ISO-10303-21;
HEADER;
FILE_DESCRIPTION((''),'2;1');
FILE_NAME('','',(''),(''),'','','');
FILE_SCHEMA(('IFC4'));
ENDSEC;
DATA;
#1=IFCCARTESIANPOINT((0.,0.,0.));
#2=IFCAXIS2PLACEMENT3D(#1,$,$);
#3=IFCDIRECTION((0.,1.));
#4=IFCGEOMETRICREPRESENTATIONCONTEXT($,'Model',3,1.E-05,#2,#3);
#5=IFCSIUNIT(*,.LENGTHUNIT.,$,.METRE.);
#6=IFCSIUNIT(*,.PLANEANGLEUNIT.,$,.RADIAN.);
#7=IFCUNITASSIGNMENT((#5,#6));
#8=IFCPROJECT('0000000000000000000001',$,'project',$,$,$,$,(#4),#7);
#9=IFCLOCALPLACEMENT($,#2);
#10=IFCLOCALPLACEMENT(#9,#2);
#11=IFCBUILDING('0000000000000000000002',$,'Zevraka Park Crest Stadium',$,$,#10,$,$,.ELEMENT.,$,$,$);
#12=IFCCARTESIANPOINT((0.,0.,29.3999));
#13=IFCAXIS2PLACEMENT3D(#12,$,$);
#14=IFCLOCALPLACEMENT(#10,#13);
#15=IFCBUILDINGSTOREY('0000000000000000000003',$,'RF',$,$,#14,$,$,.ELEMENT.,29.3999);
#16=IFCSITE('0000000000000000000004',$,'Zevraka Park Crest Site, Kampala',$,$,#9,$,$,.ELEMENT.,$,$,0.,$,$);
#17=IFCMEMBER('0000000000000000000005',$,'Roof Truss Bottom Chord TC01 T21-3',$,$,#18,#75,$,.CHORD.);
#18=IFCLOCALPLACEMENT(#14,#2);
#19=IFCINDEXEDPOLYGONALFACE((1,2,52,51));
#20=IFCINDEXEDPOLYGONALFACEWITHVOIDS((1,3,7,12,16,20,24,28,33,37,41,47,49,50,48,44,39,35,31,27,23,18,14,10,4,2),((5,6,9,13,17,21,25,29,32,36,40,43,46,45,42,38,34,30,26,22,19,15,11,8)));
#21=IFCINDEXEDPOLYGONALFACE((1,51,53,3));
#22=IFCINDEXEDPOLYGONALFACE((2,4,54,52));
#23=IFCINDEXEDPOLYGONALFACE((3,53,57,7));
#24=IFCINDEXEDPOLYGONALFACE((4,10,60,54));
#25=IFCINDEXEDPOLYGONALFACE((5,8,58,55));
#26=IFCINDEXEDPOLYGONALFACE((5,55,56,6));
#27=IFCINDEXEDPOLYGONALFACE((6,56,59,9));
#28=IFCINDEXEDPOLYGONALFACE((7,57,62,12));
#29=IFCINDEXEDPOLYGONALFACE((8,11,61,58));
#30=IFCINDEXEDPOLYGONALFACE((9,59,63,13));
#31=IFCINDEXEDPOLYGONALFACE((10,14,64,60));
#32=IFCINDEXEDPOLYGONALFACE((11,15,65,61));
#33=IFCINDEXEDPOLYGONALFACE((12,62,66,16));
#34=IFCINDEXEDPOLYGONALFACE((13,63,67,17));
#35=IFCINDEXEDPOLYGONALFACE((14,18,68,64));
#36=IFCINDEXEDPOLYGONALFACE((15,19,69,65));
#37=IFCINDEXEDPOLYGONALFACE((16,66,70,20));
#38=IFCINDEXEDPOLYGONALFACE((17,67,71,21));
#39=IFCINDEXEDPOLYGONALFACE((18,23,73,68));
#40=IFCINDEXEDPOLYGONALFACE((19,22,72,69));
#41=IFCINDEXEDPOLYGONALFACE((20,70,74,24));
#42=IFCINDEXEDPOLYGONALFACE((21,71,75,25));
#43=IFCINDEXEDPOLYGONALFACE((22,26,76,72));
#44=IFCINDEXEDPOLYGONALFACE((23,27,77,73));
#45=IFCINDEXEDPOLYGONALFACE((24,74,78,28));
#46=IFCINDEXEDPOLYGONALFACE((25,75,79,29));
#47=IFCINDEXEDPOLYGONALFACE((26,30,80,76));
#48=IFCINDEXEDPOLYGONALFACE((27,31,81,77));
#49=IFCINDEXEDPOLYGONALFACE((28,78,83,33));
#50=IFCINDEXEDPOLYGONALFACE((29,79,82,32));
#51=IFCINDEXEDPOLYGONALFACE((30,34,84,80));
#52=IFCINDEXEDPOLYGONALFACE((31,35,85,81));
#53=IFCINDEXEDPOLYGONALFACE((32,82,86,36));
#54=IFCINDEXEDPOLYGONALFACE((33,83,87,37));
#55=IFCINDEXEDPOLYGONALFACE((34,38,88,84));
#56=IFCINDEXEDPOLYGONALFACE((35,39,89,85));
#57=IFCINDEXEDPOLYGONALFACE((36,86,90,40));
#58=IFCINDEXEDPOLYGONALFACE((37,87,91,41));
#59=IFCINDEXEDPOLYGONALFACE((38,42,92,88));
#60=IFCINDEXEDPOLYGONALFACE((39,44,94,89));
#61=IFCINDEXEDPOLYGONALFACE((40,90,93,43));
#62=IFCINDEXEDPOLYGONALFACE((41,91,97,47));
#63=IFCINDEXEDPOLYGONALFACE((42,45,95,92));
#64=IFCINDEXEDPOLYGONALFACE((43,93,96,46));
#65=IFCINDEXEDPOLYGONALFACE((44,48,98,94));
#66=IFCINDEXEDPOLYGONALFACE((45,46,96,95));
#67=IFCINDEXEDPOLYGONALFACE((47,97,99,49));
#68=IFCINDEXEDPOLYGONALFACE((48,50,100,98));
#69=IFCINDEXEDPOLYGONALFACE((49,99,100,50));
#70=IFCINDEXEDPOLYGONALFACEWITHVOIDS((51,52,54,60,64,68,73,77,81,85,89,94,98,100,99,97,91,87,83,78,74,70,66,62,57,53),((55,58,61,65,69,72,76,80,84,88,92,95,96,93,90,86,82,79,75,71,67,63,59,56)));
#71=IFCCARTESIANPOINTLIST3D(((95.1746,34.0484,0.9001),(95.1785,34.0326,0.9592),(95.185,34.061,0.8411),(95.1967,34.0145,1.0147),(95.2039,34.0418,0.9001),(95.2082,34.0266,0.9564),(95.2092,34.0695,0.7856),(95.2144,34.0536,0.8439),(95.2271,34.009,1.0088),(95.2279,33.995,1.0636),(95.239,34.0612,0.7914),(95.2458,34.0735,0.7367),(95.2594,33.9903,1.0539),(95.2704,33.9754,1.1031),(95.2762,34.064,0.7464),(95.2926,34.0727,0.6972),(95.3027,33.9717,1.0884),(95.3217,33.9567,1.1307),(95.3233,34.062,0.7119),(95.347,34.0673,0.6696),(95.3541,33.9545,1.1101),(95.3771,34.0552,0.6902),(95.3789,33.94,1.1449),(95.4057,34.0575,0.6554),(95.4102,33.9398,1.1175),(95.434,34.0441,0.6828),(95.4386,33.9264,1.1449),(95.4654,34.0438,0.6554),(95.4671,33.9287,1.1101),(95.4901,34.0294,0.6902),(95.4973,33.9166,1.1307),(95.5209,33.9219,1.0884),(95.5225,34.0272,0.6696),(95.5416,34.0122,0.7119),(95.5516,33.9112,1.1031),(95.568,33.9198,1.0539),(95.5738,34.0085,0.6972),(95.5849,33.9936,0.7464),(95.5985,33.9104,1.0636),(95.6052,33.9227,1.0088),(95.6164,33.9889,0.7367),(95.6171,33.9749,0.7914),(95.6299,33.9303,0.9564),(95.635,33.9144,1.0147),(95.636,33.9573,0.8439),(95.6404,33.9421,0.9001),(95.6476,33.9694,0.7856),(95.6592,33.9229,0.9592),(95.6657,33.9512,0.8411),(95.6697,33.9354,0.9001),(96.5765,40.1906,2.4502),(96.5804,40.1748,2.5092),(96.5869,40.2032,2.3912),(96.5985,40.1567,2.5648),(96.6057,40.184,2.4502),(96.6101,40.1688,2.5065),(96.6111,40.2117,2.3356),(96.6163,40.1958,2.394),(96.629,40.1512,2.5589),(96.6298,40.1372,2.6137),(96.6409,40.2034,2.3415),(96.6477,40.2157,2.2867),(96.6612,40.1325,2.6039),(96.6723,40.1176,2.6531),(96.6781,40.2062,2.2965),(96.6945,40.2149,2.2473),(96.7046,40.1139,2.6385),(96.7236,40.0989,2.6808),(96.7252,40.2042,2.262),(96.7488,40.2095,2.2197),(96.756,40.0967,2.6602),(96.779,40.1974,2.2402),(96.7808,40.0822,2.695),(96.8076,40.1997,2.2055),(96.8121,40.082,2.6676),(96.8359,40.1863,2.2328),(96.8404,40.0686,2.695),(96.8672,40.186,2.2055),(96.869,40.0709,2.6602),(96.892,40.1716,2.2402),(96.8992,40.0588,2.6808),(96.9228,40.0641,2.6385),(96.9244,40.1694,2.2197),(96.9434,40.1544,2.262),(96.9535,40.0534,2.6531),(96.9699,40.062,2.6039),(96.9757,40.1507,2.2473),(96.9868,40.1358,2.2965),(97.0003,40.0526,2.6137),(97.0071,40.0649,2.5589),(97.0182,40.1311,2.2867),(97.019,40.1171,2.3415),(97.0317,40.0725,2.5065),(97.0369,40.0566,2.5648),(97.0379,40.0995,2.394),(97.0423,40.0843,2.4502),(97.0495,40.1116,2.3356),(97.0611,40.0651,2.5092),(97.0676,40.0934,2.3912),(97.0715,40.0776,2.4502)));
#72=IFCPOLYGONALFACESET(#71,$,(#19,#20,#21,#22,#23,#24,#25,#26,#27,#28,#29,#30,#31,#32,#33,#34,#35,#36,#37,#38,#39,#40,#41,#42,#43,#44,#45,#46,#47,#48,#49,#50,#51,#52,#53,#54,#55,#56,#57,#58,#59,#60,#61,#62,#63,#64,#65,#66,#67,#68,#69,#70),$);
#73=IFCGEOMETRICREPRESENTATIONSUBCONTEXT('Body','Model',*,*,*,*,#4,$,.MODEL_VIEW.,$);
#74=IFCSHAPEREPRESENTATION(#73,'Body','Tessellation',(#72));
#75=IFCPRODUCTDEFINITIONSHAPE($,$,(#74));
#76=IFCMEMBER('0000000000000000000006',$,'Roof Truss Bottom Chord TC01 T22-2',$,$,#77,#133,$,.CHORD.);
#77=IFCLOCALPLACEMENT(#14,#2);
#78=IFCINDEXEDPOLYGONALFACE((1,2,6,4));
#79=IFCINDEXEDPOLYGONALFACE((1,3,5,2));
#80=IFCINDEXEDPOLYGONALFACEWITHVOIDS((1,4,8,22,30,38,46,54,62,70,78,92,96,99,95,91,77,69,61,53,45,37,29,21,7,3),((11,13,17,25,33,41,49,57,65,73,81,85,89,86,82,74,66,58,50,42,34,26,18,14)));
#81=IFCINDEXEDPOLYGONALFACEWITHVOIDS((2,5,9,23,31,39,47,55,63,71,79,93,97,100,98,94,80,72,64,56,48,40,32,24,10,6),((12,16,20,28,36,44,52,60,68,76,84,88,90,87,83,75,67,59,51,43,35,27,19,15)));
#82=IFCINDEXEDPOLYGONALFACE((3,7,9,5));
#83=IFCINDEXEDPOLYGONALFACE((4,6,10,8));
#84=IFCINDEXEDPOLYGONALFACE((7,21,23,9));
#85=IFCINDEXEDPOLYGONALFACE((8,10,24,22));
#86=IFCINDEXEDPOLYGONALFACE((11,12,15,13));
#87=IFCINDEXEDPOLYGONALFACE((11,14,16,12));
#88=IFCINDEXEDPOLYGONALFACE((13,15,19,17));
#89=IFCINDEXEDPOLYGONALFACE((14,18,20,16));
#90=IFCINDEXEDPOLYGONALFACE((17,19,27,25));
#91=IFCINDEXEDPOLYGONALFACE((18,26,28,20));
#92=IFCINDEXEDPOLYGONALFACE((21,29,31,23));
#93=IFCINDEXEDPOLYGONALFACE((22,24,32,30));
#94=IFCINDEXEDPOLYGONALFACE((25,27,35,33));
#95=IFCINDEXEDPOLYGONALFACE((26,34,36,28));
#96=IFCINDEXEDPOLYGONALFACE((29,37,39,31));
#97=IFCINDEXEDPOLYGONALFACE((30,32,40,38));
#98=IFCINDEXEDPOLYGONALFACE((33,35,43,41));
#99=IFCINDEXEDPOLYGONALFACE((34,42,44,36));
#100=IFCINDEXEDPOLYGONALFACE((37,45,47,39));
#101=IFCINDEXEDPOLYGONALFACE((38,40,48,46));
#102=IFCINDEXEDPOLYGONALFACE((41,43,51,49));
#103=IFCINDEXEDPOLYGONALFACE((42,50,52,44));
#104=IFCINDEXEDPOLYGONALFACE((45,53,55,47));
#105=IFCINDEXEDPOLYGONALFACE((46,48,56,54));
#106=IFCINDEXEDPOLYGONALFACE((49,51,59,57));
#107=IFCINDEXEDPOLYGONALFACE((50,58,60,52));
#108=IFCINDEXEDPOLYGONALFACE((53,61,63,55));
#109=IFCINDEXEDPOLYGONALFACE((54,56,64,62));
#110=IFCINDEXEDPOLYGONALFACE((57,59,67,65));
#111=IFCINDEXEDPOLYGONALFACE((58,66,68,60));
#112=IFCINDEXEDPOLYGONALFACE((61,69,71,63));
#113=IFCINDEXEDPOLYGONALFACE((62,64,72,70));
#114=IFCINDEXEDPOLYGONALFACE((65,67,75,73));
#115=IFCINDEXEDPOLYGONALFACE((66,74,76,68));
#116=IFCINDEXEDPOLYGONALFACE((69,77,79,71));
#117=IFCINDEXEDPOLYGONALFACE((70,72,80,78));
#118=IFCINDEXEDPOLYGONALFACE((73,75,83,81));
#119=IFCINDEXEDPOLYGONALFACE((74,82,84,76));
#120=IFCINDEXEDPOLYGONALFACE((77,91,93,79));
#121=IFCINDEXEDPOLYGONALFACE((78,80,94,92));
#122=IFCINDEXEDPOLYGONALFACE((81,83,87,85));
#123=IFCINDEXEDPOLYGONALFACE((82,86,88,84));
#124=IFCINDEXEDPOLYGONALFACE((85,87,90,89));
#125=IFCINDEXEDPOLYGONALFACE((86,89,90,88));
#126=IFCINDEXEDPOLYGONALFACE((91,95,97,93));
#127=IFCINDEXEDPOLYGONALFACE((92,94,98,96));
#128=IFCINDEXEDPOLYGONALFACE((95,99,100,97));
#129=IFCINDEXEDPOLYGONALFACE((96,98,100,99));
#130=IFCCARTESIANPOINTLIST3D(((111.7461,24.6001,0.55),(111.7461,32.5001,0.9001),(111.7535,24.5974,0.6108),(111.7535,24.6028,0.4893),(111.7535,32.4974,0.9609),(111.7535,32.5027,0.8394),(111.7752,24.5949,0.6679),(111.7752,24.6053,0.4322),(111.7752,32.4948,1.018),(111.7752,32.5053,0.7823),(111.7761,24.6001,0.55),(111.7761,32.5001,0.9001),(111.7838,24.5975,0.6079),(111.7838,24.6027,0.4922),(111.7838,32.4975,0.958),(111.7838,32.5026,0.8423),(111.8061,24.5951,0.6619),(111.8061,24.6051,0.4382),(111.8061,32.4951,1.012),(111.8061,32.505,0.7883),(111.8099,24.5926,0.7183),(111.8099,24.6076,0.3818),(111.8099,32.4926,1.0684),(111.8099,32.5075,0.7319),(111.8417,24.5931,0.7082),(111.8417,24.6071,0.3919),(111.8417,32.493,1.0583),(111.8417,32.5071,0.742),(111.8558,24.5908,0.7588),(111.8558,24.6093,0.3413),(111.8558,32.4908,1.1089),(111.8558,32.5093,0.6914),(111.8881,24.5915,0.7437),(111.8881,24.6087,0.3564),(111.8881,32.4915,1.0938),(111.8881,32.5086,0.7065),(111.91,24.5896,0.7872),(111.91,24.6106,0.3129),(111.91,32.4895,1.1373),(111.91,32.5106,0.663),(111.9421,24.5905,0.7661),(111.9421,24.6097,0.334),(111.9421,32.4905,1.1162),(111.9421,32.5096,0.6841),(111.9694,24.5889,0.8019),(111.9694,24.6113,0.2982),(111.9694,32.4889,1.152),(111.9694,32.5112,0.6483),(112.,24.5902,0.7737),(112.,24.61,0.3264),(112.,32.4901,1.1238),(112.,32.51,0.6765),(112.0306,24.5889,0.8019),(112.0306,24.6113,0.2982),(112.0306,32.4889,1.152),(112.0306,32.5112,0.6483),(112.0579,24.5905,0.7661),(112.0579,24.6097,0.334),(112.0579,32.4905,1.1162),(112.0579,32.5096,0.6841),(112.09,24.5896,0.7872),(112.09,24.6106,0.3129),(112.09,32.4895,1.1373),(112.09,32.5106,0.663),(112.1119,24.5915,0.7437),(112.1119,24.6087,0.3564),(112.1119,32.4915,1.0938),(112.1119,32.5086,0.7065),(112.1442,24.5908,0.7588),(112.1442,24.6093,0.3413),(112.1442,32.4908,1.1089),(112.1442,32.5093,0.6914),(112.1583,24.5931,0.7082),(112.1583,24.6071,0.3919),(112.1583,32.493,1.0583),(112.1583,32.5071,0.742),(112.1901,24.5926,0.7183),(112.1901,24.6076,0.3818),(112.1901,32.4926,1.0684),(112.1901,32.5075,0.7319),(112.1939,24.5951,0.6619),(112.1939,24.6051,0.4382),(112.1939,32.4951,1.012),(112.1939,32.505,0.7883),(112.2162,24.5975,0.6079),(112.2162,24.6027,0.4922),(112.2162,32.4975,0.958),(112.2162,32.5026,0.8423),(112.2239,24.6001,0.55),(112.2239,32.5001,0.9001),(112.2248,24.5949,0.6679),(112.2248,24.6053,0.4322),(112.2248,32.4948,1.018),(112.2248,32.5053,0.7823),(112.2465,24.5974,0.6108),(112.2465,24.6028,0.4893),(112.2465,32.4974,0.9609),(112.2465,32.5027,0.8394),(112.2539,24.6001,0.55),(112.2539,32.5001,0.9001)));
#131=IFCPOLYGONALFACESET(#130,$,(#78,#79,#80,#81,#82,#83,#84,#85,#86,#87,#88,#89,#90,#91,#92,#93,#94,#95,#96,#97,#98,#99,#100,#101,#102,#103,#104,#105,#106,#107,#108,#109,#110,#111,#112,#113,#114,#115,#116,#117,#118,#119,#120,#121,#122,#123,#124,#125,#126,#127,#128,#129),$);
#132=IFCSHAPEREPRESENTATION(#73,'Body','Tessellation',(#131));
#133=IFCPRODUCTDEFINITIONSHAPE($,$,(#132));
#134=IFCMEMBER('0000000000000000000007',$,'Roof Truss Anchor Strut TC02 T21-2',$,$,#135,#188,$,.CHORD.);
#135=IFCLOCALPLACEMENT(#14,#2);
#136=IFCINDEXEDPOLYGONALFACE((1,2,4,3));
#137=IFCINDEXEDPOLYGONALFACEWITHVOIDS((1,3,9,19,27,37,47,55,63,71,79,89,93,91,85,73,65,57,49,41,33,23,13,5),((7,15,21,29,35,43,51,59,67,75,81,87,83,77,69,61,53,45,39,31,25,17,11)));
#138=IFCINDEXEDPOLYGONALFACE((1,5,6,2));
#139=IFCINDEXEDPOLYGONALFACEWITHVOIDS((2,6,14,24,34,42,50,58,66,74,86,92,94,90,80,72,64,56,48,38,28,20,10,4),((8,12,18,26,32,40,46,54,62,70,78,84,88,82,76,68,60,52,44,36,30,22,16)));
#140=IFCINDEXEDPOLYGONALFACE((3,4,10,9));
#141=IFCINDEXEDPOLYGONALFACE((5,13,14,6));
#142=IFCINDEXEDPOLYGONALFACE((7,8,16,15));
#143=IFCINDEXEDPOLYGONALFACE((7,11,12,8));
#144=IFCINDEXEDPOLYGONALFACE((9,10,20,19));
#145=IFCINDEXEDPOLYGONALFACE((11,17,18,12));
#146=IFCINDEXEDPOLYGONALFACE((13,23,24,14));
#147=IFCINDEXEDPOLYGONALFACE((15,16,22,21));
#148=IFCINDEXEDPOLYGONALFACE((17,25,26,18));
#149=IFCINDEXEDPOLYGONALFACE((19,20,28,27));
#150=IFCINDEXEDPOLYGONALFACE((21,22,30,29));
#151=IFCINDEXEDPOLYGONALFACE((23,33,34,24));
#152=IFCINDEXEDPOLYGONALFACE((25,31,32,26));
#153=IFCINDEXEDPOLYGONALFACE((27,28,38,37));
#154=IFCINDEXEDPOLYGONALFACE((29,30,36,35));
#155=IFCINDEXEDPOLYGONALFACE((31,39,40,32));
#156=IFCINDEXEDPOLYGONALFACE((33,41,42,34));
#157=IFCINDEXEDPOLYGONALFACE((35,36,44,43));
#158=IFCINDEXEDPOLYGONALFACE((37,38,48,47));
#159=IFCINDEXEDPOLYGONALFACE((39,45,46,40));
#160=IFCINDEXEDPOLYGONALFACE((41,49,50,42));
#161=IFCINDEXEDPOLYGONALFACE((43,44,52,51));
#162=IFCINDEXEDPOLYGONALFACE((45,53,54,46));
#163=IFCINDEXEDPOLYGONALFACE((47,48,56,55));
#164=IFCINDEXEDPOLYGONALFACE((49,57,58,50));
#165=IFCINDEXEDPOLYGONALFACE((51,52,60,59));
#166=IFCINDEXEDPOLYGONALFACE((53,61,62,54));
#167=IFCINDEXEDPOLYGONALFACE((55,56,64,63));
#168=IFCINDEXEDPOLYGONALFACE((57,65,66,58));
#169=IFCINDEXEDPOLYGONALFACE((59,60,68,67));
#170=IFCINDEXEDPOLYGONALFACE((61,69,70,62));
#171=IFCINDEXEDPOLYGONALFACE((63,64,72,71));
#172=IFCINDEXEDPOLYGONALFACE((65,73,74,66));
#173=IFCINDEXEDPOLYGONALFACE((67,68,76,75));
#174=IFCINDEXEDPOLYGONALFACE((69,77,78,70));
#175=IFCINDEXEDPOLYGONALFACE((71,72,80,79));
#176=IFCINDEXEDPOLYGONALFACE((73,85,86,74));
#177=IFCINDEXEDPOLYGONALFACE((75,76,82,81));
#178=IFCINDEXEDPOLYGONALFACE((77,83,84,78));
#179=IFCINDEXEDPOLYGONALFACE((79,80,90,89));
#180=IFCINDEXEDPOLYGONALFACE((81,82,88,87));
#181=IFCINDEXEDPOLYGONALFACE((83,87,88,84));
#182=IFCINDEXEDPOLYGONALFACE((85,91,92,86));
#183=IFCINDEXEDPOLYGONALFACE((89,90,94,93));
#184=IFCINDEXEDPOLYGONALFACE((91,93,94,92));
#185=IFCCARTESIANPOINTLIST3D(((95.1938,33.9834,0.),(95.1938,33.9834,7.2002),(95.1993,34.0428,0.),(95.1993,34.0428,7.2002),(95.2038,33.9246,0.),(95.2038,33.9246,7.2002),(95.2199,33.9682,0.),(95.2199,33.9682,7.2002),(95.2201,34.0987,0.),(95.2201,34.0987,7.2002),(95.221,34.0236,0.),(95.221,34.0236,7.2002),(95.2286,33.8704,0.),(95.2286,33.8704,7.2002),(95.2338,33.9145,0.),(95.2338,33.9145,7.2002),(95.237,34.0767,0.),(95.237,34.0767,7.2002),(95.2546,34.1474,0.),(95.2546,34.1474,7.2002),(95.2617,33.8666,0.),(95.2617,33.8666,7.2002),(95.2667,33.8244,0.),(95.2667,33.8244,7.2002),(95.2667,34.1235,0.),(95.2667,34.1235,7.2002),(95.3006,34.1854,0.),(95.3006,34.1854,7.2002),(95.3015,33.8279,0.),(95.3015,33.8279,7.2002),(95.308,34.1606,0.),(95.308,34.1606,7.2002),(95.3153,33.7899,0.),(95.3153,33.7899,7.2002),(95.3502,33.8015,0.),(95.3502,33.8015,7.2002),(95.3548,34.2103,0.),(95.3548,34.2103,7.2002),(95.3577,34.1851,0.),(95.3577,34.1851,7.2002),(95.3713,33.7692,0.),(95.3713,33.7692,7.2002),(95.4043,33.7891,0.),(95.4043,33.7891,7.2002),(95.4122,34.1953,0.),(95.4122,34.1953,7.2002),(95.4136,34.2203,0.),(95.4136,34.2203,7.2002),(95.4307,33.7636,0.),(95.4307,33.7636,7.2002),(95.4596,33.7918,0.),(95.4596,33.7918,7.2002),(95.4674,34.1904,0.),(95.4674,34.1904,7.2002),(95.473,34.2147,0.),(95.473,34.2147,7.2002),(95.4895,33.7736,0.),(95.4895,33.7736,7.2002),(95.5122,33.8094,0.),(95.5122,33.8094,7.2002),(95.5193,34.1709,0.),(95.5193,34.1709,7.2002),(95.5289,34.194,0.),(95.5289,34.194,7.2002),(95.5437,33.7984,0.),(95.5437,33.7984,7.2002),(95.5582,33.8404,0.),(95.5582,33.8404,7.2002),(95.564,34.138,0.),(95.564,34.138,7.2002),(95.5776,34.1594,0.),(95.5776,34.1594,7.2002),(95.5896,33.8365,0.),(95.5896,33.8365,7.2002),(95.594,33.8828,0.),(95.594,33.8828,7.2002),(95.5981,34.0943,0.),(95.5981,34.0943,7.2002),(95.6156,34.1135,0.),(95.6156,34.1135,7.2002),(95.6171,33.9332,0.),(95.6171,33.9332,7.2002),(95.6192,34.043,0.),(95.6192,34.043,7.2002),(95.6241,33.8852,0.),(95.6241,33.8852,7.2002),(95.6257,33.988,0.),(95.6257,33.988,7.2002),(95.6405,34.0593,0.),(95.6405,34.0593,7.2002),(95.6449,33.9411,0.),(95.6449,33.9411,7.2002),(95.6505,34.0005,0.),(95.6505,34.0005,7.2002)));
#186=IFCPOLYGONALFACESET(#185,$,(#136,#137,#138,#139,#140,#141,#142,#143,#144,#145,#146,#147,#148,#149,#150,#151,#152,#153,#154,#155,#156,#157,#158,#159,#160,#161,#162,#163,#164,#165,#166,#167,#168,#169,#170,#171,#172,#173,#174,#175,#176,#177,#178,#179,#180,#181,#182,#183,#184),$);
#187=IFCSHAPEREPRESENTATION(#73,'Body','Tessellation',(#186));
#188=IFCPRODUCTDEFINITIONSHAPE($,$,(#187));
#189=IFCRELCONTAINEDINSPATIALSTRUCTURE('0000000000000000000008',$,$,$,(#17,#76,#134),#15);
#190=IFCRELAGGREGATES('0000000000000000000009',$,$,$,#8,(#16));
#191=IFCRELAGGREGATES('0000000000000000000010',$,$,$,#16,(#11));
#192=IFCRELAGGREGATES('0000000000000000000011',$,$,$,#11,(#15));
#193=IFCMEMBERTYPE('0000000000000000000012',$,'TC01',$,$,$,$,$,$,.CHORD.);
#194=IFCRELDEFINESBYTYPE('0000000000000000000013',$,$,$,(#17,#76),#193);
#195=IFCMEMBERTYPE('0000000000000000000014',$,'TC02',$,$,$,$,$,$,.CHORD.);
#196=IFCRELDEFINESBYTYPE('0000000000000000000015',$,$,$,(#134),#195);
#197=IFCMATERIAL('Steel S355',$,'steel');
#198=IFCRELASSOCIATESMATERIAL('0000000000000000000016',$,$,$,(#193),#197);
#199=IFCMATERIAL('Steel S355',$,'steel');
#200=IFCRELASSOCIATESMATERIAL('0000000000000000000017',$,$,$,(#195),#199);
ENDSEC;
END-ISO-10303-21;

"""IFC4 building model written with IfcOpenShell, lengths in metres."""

from ifc_helpers import new_model, si_unit, direction, frame, origin, origin_2d, place, context, subcontext, project, spatial, hollow_circle, extrude, material, material_profile, profile_set, type_object, element, save


model = new_model("IFC4")

# Units and contexts
model_context = context("Model", 3, precision=1e-05, world=origin(), true_north=direction((0.0, 1.0)))
body_context = subcontext(model_context, "Body", "Model", "MODEL_VIEW")
ifc_project = project(units=[si_unit("LENGTHUNIT", "METRE"), si_unit("PLANEANGLEUNIT", "RADIAN")], contexts=[model_context])

# Site, building, storey
site_placement = place(None, origin())
site = spatial("IfcSite", under=ifc_project, at=site_placement, Name="Zevraka Park Crest Site, Kampala", CompositionType="ELEMENT", RefElevation=0.0)
building_placement = place(site_placement, origin())
building = spatial("IfcBuilding", under=site, at=building_placement, Name="Zevraka Park Crest Stadium", CompositionType="ELEMENT")
storey_placement = place(building_placement, frame((0.0, 0.0, 29.3999)))
storey = spatial("IfcBuildingStorey", under=building, at=storey_placement, Name="RF", CompositionType="ELEMENT", Elevation=29.3999)

# Members
ifc_material_1 = material(Name="Steel S355", Category="steel")
ifc_material_profile_1 = material_profile(ifc_material_1, hollow_circle(Radius=0.2539, WallThickness=0.03, at=origin_2d()), Name="CHS 508.0x30")
ifc_profile_set_1 = profile_set([ifc_material_profile_1], Name="Steel S355")
member_type_1 = type_object("IfcMemberType", Name="TC01", PredefinedType="CHORD", material=ifc_profile_set_1)
member_1_placement = place(storey_placement, frame((95.4221, 33.9919, 0.9001), z_axis=(0.216072, 0.946696, 0.238913), x_axis=(-0.974929, 0.222515, 0.0)))
element("IfcMember", 1, at=member_1_placement, inside=storey, type_object=member_type_1, Name="Roof Truss Bottom Chord TC01 T21-3", PredefinedType="CHORD", context=body_context, shape_type="SweptSolid", body=[
    extrude(hollow_circle(Radius=0.2539, WallThickness=0.03, at=origin_2d()), origin(), (0.0, 0.0, 1.0), 6.488),
])
member_2_placement = place(storey_placement, frame((112.0, 24.6001, 0.55), z_axis=(0.0, 0.999019, 0.044273), x_axis=(-1.0, 0.0, 0.0)))
element("IfcMember", 2, at=member_2_placement, inside=storey, type_object=member_type_1, Name="Roof Truss Bottom Chord TC01 T22-2", PredefinedType="CHORD", context=body_context, shape_type="SweptSolid", body=[
    extrude(hollow_circle(Radius=0.2539, WallThickness=0.03, at=origin_2d()), origin(), (0.0, 0.0, 1.0), 7.9077),
])
ifc_material_2 = material(Name="Steel S355", Category="steel")
ifc_material_profile_2 = material_profile(ifc_material_2, hollow_circle(Radius=0.2285, WallThickness=0.0249, at=origin_2d()), Name="CHS 457.0x25")
ifc_profile_set_2 = profile_set([ifc_material_profile_2], Name="Steel S355")
member_type_2 = type_object("IfcMemberType", Name="TC02", PredefinedType="CHORD", material=ifc_profile_set_2)
member_3_placement = place(storey_placement, frame((95.4221, 33.9919, 0.0), z_axis=(0.0, 0.0, 1.0), x_axis=(0.22257, 0.974917, 0.0)))
element("IfcMember", 3, at=member_3_placement, inside=storey, type_object=member_type_2, Name="Roof Truss Anchor Strut TC02 T21-2", PredefinedType="CHORD", context=body_context, shape_type="SweptSolid", body=[
    extrude(hollow_circle(Radius=0.2285, WallThickness=0.0249, at=origin_2d()), origin(), (0.0, 0.0, 1.0), 7.2002),
])

save(model, "model.ifc")
